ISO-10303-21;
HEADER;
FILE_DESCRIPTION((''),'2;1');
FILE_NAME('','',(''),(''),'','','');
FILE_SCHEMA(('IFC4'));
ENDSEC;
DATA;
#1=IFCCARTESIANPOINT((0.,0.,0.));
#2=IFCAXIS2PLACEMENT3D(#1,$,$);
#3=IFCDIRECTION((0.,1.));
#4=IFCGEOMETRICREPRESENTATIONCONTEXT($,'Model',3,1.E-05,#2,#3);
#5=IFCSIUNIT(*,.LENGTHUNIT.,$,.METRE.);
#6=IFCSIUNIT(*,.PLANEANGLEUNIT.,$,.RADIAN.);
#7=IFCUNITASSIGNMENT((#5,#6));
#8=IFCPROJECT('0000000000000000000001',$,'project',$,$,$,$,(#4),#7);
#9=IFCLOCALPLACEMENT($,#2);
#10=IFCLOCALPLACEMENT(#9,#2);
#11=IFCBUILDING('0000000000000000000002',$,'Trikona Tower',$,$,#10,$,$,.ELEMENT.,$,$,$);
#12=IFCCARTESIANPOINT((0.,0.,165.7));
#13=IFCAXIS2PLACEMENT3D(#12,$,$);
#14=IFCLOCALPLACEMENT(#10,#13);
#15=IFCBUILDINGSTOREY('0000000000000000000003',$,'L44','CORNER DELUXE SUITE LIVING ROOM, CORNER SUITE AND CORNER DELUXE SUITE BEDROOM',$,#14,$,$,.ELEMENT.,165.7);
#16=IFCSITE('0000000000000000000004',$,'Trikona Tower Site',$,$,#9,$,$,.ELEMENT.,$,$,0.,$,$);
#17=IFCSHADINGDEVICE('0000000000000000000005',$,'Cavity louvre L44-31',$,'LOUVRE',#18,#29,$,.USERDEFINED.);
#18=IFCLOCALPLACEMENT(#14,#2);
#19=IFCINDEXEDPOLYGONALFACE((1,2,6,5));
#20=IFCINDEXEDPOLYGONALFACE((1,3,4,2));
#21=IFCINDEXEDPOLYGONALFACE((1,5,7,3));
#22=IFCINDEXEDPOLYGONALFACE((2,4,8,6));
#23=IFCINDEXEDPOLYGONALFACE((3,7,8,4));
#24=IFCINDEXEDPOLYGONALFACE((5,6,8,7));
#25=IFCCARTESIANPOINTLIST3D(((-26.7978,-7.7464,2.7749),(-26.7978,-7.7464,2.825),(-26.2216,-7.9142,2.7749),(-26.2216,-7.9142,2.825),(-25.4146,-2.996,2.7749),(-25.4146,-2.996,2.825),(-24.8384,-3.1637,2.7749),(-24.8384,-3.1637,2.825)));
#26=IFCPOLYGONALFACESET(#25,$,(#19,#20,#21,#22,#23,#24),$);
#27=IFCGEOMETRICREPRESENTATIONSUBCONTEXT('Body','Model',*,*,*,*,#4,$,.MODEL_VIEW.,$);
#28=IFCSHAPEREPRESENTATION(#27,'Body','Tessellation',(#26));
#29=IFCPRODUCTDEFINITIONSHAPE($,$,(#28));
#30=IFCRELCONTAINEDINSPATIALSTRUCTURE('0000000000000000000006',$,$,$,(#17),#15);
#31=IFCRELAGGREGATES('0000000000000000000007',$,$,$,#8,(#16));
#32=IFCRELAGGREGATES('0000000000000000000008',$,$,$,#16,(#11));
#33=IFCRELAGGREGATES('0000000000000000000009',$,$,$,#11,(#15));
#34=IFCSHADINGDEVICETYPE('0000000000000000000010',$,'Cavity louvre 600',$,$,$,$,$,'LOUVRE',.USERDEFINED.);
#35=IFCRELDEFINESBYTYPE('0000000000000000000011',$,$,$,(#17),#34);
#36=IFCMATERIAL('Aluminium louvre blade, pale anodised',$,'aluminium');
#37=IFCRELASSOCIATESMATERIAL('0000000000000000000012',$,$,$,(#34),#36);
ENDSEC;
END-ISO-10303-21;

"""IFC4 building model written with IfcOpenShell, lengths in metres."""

from ifc_helpers import new_model, si_unit, direction, frame, origin, origin_2d, place, context, subcontext, project, spatial, rectangle, extrude, material, type_object, element, save


model = new_model("IFC4")

# Units and contexts
model_context = context("Model", 3, precision=1e-05, world=origin(), true_north=direction((0.0, 1.0)))
body_context = subcontext(model_context, "Body", "Model", "MODEL_VIEW")
ifc_project = project(units=[si_unit("LENGTHUNIT", "METRE"), si_unit("PLANEANGLEUNIT", "RADIAN")], contexts=[model_context])

# Site, building, storey
site_placement = place(None, origin())
site = spatial("IfcSite", under=ifc_project, at=site_placement, Name="Trikona Tower Site", CompositionType="ELEMENT", RefElevation=0.0)
building_placement = place(site_placement, origin())
building = spatial("IfcBuilding", under=site, at=building_placement, Name="Trikona Tower", CompositionType="ELEMENT")
storey_placement = place(building_placement, frame((0.0, 0.0, 165.7)))
storey = spatial("IfcBuildingStorey", under=building, at=storey_placement, Name="L44", Description="CORNER DELUXE SUITE LIVING ROOM, CORNER SUITE AND CORNER DELUXE SUITE BEDROOM", CompositionType="ELEMENT", Elevation=165.7)

# Shading device
ifc_material_1 = material(Name="Aluminium louvre blade, pale anodised", Category="aluminium")
shading_device_type = type_object("IfcShadingDeviceType", Name="Cavity louvre 600", ElementType="LOUVRE", PredefinedType="USERDEFINED", material=ifc_material_1)
shading_device_1_placement = place(storey_placement, frame((-25.8181, -5.4551, 2.7749), z_axis=(0.0, 0.0, 1.0), x_axis=(-0.279554, -0.96013, 0.0)))
element("IfcShadingDevice", 1, at=shading_device_1_placement, inside=storey, type_object=shading_device_type, Name="Cavity louvre L44-31", ObjectType="LOUVRE", PredefinedType="USERDEFINED", context=body_context, shape_type="SweptSolid", body=[
    extrude(rectangle(XDim=4.9478, YDim=0.6001, at=origin_2d()), origin(), (0.0, 0.0, 1.0), 0.05),
])

save(model, "model.ifc")
